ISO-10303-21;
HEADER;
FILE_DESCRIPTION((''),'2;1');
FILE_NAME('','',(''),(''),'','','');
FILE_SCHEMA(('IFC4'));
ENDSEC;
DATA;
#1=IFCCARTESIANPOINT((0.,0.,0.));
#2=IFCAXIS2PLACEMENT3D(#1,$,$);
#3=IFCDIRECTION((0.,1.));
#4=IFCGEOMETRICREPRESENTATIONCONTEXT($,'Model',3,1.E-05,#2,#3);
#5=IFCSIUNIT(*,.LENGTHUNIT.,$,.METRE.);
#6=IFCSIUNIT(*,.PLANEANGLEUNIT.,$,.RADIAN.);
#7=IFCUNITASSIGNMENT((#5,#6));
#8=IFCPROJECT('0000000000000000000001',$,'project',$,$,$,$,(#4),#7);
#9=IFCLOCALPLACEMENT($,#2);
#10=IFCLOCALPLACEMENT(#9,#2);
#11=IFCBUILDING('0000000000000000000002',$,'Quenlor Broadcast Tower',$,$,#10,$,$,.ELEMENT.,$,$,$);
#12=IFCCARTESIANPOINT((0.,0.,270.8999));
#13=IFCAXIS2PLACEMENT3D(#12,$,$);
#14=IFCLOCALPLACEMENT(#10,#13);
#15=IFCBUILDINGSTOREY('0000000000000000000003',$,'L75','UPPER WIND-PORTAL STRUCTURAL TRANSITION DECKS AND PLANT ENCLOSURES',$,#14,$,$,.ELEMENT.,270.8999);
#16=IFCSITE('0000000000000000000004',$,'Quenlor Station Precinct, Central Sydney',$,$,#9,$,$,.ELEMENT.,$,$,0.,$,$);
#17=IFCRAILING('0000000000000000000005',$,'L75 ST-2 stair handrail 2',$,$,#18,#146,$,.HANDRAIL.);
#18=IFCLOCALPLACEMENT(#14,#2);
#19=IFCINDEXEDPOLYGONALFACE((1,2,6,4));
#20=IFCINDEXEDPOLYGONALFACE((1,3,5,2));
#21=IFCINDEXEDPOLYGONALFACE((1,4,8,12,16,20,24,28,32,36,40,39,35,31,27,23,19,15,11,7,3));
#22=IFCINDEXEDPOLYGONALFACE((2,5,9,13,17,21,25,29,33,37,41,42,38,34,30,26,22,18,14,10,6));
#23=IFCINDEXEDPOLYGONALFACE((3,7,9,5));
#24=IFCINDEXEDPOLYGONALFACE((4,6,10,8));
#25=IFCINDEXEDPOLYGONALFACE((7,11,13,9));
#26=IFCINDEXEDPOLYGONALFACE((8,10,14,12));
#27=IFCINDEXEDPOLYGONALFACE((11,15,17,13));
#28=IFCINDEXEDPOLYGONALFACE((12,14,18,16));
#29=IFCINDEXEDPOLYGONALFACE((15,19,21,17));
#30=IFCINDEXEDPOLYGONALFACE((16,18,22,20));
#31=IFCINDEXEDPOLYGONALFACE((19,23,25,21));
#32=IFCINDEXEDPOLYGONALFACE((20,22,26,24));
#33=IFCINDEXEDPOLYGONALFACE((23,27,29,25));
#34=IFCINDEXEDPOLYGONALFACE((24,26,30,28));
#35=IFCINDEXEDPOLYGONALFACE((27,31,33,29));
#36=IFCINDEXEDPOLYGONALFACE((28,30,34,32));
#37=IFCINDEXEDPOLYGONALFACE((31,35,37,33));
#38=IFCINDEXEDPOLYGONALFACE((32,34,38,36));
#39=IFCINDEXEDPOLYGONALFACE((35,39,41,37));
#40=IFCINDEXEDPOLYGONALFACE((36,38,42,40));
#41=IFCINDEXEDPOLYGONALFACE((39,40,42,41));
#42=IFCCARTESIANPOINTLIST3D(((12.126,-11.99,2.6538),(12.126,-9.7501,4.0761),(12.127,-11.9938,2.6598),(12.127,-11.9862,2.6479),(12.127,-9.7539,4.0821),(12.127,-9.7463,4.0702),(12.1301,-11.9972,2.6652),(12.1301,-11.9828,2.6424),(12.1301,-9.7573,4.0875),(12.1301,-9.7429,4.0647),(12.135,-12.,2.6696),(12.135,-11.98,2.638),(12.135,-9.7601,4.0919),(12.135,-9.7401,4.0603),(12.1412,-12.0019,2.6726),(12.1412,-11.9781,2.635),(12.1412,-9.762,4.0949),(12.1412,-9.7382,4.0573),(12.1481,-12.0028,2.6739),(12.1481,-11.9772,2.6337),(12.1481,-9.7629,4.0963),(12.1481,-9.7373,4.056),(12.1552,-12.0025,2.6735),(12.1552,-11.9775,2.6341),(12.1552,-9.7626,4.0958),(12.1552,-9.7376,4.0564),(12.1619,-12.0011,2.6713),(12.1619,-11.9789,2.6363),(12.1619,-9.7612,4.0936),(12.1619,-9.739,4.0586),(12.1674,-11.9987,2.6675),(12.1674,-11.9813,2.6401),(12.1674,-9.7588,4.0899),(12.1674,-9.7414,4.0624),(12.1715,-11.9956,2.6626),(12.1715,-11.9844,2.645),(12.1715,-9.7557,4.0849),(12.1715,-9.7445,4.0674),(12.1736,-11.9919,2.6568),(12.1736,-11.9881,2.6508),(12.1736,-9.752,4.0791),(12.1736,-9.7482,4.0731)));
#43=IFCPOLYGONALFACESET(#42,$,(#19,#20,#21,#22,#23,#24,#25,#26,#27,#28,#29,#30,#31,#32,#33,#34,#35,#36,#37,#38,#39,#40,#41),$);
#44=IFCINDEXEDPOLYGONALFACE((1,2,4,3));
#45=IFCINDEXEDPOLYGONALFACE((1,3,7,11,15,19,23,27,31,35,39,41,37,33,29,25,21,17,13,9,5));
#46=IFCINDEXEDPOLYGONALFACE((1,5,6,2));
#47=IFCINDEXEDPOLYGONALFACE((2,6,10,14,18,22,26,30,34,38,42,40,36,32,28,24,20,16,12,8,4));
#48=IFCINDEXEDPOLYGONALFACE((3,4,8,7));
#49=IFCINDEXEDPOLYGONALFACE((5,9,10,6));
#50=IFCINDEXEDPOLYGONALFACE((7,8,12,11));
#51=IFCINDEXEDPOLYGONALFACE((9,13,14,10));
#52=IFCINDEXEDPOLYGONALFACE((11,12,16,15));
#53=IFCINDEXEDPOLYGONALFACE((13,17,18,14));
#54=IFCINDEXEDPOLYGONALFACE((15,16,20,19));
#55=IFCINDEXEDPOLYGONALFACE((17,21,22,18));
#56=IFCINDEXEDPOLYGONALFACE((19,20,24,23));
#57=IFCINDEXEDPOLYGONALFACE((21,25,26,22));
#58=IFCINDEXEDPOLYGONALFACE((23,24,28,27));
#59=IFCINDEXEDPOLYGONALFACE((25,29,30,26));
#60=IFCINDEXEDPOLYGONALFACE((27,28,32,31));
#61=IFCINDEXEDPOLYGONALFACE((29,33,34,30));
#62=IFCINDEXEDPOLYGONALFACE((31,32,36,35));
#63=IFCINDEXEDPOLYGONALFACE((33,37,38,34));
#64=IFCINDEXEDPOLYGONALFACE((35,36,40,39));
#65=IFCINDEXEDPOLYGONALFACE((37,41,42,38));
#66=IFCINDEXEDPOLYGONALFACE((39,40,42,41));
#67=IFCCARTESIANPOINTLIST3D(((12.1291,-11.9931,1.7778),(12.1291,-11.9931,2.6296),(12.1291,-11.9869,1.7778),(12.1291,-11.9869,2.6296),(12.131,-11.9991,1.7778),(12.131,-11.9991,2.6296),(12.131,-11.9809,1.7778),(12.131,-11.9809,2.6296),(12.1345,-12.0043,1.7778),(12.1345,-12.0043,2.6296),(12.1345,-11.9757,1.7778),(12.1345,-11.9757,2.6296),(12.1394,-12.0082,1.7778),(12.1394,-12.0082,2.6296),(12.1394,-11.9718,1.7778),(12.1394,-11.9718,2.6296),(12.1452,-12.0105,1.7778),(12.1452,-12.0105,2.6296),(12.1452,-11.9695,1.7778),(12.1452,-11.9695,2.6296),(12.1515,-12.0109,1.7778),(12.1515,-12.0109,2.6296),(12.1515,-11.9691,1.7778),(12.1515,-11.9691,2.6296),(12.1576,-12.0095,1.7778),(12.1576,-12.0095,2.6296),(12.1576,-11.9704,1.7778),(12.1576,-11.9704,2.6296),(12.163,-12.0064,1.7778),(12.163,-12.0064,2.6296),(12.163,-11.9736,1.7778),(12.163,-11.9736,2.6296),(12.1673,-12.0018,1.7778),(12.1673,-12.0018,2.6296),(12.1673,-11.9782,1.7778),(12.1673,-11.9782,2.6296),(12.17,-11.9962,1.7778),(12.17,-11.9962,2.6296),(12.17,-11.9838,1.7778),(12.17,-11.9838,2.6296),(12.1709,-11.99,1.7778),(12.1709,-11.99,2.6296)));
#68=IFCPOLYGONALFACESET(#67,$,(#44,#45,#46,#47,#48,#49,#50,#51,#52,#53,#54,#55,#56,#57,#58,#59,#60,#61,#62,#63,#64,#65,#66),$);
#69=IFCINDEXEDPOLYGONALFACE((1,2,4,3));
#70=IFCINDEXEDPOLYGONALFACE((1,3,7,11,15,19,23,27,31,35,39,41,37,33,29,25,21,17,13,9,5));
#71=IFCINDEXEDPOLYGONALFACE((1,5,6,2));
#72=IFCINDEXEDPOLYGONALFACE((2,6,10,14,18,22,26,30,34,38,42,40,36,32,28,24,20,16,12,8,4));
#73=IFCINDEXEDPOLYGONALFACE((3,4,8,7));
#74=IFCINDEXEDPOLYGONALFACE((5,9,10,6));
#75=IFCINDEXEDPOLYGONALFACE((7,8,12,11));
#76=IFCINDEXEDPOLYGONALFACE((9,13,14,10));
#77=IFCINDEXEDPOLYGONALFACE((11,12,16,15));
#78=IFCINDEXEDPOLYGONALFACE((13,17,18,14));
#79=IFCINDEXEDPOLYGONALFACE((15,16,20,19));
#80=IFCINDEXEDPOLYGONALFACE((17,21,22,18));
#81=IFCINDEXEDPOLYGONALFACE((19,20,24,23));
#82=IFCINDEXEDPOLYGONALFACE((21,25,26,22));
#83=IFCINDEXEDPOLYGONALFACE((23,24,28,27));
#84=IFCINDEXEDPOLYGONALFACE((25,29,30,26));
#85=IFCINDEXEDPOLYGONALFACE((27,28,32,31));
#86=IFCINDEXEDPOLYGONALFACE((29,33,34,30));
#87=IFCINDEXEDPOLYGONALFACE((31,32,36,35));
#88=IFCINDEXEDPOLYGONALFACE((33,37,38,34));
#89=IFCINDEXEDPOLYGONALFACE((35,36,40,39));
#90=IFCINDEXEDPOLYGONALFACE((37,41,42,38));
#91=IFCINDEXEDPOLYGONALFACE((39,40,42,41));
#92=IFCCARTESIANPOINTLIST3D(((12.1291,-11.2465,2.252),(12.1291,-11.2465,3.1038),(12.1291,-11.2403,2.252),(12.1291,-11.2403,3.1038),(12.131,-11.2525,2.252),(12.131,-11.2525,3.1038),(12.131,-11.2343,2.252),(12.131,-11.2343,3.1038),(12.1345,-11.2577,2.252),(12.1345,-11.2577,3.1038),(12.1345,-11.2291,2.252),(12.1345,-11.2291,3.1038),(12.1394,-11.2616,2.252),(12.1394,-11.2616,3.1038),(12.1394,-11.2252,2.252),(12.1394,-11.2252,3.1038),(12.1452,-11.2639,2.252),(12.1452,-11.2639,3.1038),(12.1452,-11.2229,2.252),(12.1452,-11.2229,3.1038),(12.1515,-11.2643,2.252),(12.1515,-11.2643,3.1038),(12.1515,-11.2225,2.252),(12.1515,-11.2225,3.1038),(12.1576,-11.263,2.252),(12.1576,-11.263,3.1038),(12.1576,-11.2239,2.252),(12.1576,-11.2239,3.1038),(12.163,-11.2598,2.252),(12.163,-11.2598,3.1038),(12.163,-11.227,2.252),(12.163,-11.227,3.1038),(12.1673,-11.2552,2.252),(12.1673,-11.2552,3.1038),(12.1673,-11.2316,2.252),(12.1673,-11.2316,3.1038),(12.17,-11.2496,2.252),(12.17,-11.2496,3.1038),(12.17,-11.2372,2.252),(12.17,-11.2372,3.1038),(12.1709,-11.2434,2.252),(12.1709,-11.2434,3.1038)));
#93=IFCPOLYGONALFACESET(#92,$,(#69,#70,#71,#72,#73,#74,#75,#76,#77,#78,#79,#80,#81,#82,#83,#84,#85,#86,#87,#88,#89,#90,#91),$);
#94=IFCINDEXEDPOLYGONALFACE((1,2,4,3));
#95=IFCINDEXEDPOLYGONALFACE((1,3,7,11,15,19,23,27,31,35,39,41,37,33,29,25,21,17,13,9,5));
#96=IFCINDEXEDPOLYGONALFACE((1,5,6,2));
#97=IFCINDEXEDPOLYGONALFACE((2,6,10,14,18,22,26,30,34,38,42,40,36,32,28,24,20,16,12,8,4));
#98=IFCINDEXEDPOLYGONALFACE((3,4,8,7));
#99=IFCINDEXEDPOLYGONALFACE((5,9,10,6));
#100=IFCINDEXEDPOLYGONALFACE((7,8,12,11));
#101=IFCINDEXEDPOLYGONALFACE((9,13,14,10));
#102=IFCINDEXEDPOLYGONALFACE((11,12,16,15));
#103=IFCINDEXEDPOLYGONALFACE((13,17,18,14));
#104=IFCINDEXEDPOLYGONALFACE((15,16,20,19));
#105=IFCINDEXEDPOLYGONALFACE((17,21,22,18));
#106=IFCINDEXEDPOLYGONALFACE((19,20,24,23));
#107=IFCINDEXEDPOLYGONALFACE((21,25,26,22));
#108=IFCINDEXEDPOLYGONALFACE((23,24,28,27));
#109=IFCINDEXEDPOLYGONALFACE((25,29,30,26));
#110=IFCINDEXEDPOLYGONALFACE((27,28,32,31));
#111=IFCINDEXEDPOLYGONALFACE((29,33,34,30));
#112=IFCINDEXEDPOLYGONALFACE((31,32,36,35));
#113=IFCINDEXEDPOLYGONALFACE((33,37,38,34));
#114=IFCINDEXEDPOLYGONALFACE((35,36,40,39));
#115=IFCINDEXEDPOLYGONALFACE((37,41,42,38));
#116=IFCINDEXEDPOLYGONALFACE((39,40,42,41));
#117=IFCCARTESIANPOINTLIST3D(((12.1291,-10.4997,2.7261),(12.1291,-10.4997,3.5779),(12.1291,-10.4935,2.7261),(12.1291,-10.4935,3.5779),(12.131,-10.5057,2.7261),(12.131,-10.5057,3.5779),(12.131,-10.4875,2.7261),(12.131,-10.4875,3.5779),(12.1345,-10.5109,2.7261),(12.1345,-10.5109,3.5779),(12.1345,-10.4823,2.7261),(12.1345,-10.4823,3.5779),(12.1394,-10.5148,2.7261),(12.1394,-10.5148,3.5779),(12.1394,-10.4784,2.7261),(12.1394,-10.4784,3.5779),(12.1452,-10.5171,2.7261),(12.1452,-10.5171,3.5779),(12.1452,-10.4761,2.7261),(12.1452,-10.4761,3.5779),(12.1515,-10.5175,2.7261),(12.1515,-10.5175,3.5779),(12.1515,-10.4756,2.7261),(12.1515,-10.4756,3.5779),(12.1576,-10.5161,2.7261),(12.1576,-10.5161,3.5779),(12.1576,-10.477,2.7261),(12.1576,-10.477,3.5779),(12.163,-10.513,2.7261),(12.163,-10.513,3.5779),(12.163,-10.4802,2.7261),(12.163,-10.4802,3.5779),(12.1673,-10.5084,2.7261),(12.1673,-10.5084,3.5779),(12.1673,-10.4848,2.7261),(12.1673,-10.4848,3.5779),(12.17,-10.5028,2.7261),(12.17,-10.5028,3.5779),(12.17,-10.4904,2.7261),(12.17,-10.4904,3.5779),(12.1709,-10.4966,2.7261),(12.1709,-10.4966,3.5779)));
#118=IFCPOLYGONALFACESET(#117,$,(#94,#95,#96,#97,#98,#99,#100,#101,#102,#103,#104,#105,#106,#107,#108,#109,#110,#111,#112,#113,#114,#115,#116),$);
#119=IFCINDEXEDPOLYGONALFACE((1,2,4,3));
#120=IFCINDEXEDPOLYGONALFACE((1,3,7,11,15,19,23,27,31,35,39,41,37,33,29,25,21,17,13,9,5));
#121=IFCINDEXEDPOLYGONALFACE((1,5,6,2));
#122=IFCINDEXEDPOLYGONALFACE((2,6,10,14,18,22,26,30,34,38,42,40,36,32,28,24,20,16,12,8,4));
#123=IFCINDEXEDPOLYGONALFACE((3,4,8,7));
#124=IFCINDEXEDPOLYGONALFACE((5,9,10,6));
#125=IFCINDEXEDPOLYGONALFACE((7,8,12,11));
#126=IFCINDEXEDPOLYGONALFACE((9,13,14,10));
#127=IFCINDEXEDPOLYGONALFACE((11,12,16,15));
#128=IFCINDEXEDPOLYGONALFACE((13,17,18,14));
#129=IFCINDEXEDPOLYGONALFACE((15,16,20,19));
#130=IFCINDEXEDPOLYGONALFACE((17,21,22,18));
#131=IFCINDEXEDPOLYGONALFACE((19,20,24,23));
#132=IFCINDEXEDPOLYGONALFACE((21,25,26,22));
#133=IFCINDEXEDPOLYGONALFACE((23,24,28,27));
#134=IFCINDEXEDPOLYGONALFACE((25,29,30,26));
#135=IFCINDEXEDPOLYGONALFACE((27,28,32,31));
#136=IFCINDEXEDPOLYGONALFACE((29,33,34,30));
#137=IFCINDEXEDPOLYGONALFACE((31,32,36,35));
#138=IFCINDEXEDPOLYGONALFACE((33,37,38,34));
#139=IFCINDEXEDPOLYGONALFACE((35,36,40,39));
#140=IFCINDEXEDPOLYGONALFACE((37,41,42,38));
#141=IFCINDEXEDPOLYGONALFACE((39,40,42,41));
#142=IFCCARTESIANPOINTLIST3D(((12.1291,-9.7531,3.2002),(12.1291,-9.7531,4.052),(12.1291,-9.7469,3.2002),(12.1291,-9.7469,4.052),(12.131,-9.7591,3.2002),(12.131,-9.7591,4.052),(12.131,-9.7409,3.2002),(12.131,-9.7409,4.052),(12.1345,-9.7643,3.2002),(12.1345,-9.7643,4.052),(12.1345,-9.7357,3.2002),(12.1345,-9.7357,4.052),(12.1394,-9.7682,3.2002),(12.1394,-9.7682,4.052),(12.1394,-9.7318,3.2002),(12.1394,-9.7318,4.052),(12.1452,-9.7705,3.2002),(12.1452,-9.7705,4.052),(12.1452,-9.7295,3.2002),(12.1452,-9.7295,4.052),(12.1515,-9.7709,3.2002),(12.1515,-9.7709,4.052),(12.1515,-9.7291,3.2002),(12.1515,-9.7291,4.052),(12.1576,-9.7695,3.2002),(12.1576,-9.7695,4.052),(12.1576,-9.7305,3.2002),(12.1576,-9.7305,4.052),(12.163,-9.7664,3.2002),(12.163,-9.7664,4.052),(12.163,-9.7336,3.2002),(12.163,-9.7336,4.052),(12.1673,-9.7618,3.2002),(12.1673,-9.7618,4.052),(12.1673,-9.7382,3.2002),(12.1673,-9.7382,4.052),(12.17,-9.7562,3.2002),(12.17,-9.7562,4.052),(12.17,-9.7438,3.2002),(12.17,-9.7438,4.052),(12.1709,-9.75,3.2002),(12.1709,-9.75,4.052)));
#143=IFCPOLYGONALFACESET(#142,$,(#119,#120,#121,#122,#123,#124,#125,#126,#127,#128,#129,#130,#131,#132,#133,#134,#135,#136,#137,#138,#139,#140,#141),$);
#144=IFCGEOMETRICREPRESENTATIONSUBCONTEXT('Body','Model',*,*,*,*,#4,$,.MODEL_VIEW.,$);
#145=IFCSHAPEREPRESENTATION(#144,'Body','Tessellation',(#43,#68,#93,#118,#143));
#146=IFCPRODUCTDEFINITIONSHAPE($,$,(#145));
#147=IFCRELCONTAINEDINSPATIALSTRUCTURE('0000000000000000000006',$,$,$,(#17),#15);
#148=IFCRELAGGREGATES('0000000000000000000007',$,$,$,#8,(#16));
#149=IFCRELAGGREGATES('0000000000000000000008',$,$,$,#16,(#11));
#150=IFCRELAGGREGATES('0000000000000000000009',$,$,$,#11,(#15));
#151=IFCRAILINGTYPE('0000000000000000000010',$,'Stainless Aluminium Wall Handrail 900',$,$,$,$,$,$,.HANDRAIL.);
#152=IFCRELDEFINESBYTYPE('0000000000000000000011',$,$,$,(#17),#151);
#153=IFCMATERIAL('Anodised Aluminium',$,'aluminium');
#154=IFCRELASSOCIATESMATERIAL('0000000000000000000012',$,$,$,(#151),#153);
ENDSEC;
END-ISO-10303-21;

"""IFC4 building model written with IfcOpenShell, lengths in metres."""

from ifc_helpers import new_model, si_unit, direction, frame, origin, origin_2d, place, context, subcontext, project, spatial, circle, extrude, material, type_object, element, save


model = new_model("IFC4")

# Units and contexts
model_context = context("Model", 3, precision=1e-05, world=origin(), true_north=direction((0.0, 1.0)))
body_context = subcontext(model_context, "Body", "Model", "MODEL_VIEW")
ifc_project = project(units=[si_unit("LENGTHUNIT", "METRE"), si_unit("PLANEANGLEUNIT", "RADIAN")], contexts=[model_context])

# Site, building, storey
site_placement = place(None, origin())
site = spatial("IfcSite", under=ifc_project, at=site_placement, Name="Quenlor Station Precinct, Central Sydney", CompositionType="ELEMENT", RefElevation=0.0)
building_placement = place(site_placement, origin())
building = spatial("IfcBuilding", under=site, at=building_placement, Name="Quenlor Broadcast Tower", CompositionType="ELEMENT")
storey_placement = place(building_placement, frame((0.0, 0.0, 270.8999)))
storey = spatial("IfcBuildingStorey", under=building, at=storey_placement, Name="L75", Description="UPPER WIND-PORTAL STRUCTURAL TRANSITION DECKS AND PLANT ENCLOSURES", CompositionType="ELEMENT", Elevation=270.8999)

# Railing
ifc_material_1 = material(Name="Anodised Aluminium", Category="aluminium")
railing_type_1 = type_object("IfcRailingType", Name="Stainless Aluminium Wall Handrail 900", PredefinedType="HANDRAIL", material=ifc_material_1)
railing_1_placement = place(storey_placement, frame((12.1499, -11.99, 1.7778)))
element("IfcRailing", 1, at=railing_1_placement, inside=storey, type_object=railing_type_1, Name="L75 ST-2 stair handrail 2", PredefinedType="HANDRAIL", context=body_context, shape_type="SweptSolid", body=[
    extrude(circle(Radius=0.0239, at=origin_2d()), frame((0.0, 0.0, 0.876), z_axis=(0.0, 0.844188, 0.536048), x_axis=(-1.0, 0.0, 0.0)), (0.0, 0.0, 1.0), 2.6533),
    extrude(circle(Radius=0.021, at=origin_2d()), origin(), (0.0, 0.0, 1.0), 0.8518),
    extrude(circle(Radius=0.021, at=origin_2d()), frame((0.0, 0.7466, 0.4741)), (0.0, 0.0, 1.0), 0.8518),
    extrude(circle(Radius=0.021, at=origin_2d()), frame((0.0, 1.4934, 0.9482)), (0.0, 0.0, 1.0), 0.8518),
    extrude(circle(Radius=0.021, at=origin_2d()), frame((0.0, 2.24, 1.4224)), (0.0, 0.0, 1.0), 0.8518),
])

save(model, "model.ifc")
